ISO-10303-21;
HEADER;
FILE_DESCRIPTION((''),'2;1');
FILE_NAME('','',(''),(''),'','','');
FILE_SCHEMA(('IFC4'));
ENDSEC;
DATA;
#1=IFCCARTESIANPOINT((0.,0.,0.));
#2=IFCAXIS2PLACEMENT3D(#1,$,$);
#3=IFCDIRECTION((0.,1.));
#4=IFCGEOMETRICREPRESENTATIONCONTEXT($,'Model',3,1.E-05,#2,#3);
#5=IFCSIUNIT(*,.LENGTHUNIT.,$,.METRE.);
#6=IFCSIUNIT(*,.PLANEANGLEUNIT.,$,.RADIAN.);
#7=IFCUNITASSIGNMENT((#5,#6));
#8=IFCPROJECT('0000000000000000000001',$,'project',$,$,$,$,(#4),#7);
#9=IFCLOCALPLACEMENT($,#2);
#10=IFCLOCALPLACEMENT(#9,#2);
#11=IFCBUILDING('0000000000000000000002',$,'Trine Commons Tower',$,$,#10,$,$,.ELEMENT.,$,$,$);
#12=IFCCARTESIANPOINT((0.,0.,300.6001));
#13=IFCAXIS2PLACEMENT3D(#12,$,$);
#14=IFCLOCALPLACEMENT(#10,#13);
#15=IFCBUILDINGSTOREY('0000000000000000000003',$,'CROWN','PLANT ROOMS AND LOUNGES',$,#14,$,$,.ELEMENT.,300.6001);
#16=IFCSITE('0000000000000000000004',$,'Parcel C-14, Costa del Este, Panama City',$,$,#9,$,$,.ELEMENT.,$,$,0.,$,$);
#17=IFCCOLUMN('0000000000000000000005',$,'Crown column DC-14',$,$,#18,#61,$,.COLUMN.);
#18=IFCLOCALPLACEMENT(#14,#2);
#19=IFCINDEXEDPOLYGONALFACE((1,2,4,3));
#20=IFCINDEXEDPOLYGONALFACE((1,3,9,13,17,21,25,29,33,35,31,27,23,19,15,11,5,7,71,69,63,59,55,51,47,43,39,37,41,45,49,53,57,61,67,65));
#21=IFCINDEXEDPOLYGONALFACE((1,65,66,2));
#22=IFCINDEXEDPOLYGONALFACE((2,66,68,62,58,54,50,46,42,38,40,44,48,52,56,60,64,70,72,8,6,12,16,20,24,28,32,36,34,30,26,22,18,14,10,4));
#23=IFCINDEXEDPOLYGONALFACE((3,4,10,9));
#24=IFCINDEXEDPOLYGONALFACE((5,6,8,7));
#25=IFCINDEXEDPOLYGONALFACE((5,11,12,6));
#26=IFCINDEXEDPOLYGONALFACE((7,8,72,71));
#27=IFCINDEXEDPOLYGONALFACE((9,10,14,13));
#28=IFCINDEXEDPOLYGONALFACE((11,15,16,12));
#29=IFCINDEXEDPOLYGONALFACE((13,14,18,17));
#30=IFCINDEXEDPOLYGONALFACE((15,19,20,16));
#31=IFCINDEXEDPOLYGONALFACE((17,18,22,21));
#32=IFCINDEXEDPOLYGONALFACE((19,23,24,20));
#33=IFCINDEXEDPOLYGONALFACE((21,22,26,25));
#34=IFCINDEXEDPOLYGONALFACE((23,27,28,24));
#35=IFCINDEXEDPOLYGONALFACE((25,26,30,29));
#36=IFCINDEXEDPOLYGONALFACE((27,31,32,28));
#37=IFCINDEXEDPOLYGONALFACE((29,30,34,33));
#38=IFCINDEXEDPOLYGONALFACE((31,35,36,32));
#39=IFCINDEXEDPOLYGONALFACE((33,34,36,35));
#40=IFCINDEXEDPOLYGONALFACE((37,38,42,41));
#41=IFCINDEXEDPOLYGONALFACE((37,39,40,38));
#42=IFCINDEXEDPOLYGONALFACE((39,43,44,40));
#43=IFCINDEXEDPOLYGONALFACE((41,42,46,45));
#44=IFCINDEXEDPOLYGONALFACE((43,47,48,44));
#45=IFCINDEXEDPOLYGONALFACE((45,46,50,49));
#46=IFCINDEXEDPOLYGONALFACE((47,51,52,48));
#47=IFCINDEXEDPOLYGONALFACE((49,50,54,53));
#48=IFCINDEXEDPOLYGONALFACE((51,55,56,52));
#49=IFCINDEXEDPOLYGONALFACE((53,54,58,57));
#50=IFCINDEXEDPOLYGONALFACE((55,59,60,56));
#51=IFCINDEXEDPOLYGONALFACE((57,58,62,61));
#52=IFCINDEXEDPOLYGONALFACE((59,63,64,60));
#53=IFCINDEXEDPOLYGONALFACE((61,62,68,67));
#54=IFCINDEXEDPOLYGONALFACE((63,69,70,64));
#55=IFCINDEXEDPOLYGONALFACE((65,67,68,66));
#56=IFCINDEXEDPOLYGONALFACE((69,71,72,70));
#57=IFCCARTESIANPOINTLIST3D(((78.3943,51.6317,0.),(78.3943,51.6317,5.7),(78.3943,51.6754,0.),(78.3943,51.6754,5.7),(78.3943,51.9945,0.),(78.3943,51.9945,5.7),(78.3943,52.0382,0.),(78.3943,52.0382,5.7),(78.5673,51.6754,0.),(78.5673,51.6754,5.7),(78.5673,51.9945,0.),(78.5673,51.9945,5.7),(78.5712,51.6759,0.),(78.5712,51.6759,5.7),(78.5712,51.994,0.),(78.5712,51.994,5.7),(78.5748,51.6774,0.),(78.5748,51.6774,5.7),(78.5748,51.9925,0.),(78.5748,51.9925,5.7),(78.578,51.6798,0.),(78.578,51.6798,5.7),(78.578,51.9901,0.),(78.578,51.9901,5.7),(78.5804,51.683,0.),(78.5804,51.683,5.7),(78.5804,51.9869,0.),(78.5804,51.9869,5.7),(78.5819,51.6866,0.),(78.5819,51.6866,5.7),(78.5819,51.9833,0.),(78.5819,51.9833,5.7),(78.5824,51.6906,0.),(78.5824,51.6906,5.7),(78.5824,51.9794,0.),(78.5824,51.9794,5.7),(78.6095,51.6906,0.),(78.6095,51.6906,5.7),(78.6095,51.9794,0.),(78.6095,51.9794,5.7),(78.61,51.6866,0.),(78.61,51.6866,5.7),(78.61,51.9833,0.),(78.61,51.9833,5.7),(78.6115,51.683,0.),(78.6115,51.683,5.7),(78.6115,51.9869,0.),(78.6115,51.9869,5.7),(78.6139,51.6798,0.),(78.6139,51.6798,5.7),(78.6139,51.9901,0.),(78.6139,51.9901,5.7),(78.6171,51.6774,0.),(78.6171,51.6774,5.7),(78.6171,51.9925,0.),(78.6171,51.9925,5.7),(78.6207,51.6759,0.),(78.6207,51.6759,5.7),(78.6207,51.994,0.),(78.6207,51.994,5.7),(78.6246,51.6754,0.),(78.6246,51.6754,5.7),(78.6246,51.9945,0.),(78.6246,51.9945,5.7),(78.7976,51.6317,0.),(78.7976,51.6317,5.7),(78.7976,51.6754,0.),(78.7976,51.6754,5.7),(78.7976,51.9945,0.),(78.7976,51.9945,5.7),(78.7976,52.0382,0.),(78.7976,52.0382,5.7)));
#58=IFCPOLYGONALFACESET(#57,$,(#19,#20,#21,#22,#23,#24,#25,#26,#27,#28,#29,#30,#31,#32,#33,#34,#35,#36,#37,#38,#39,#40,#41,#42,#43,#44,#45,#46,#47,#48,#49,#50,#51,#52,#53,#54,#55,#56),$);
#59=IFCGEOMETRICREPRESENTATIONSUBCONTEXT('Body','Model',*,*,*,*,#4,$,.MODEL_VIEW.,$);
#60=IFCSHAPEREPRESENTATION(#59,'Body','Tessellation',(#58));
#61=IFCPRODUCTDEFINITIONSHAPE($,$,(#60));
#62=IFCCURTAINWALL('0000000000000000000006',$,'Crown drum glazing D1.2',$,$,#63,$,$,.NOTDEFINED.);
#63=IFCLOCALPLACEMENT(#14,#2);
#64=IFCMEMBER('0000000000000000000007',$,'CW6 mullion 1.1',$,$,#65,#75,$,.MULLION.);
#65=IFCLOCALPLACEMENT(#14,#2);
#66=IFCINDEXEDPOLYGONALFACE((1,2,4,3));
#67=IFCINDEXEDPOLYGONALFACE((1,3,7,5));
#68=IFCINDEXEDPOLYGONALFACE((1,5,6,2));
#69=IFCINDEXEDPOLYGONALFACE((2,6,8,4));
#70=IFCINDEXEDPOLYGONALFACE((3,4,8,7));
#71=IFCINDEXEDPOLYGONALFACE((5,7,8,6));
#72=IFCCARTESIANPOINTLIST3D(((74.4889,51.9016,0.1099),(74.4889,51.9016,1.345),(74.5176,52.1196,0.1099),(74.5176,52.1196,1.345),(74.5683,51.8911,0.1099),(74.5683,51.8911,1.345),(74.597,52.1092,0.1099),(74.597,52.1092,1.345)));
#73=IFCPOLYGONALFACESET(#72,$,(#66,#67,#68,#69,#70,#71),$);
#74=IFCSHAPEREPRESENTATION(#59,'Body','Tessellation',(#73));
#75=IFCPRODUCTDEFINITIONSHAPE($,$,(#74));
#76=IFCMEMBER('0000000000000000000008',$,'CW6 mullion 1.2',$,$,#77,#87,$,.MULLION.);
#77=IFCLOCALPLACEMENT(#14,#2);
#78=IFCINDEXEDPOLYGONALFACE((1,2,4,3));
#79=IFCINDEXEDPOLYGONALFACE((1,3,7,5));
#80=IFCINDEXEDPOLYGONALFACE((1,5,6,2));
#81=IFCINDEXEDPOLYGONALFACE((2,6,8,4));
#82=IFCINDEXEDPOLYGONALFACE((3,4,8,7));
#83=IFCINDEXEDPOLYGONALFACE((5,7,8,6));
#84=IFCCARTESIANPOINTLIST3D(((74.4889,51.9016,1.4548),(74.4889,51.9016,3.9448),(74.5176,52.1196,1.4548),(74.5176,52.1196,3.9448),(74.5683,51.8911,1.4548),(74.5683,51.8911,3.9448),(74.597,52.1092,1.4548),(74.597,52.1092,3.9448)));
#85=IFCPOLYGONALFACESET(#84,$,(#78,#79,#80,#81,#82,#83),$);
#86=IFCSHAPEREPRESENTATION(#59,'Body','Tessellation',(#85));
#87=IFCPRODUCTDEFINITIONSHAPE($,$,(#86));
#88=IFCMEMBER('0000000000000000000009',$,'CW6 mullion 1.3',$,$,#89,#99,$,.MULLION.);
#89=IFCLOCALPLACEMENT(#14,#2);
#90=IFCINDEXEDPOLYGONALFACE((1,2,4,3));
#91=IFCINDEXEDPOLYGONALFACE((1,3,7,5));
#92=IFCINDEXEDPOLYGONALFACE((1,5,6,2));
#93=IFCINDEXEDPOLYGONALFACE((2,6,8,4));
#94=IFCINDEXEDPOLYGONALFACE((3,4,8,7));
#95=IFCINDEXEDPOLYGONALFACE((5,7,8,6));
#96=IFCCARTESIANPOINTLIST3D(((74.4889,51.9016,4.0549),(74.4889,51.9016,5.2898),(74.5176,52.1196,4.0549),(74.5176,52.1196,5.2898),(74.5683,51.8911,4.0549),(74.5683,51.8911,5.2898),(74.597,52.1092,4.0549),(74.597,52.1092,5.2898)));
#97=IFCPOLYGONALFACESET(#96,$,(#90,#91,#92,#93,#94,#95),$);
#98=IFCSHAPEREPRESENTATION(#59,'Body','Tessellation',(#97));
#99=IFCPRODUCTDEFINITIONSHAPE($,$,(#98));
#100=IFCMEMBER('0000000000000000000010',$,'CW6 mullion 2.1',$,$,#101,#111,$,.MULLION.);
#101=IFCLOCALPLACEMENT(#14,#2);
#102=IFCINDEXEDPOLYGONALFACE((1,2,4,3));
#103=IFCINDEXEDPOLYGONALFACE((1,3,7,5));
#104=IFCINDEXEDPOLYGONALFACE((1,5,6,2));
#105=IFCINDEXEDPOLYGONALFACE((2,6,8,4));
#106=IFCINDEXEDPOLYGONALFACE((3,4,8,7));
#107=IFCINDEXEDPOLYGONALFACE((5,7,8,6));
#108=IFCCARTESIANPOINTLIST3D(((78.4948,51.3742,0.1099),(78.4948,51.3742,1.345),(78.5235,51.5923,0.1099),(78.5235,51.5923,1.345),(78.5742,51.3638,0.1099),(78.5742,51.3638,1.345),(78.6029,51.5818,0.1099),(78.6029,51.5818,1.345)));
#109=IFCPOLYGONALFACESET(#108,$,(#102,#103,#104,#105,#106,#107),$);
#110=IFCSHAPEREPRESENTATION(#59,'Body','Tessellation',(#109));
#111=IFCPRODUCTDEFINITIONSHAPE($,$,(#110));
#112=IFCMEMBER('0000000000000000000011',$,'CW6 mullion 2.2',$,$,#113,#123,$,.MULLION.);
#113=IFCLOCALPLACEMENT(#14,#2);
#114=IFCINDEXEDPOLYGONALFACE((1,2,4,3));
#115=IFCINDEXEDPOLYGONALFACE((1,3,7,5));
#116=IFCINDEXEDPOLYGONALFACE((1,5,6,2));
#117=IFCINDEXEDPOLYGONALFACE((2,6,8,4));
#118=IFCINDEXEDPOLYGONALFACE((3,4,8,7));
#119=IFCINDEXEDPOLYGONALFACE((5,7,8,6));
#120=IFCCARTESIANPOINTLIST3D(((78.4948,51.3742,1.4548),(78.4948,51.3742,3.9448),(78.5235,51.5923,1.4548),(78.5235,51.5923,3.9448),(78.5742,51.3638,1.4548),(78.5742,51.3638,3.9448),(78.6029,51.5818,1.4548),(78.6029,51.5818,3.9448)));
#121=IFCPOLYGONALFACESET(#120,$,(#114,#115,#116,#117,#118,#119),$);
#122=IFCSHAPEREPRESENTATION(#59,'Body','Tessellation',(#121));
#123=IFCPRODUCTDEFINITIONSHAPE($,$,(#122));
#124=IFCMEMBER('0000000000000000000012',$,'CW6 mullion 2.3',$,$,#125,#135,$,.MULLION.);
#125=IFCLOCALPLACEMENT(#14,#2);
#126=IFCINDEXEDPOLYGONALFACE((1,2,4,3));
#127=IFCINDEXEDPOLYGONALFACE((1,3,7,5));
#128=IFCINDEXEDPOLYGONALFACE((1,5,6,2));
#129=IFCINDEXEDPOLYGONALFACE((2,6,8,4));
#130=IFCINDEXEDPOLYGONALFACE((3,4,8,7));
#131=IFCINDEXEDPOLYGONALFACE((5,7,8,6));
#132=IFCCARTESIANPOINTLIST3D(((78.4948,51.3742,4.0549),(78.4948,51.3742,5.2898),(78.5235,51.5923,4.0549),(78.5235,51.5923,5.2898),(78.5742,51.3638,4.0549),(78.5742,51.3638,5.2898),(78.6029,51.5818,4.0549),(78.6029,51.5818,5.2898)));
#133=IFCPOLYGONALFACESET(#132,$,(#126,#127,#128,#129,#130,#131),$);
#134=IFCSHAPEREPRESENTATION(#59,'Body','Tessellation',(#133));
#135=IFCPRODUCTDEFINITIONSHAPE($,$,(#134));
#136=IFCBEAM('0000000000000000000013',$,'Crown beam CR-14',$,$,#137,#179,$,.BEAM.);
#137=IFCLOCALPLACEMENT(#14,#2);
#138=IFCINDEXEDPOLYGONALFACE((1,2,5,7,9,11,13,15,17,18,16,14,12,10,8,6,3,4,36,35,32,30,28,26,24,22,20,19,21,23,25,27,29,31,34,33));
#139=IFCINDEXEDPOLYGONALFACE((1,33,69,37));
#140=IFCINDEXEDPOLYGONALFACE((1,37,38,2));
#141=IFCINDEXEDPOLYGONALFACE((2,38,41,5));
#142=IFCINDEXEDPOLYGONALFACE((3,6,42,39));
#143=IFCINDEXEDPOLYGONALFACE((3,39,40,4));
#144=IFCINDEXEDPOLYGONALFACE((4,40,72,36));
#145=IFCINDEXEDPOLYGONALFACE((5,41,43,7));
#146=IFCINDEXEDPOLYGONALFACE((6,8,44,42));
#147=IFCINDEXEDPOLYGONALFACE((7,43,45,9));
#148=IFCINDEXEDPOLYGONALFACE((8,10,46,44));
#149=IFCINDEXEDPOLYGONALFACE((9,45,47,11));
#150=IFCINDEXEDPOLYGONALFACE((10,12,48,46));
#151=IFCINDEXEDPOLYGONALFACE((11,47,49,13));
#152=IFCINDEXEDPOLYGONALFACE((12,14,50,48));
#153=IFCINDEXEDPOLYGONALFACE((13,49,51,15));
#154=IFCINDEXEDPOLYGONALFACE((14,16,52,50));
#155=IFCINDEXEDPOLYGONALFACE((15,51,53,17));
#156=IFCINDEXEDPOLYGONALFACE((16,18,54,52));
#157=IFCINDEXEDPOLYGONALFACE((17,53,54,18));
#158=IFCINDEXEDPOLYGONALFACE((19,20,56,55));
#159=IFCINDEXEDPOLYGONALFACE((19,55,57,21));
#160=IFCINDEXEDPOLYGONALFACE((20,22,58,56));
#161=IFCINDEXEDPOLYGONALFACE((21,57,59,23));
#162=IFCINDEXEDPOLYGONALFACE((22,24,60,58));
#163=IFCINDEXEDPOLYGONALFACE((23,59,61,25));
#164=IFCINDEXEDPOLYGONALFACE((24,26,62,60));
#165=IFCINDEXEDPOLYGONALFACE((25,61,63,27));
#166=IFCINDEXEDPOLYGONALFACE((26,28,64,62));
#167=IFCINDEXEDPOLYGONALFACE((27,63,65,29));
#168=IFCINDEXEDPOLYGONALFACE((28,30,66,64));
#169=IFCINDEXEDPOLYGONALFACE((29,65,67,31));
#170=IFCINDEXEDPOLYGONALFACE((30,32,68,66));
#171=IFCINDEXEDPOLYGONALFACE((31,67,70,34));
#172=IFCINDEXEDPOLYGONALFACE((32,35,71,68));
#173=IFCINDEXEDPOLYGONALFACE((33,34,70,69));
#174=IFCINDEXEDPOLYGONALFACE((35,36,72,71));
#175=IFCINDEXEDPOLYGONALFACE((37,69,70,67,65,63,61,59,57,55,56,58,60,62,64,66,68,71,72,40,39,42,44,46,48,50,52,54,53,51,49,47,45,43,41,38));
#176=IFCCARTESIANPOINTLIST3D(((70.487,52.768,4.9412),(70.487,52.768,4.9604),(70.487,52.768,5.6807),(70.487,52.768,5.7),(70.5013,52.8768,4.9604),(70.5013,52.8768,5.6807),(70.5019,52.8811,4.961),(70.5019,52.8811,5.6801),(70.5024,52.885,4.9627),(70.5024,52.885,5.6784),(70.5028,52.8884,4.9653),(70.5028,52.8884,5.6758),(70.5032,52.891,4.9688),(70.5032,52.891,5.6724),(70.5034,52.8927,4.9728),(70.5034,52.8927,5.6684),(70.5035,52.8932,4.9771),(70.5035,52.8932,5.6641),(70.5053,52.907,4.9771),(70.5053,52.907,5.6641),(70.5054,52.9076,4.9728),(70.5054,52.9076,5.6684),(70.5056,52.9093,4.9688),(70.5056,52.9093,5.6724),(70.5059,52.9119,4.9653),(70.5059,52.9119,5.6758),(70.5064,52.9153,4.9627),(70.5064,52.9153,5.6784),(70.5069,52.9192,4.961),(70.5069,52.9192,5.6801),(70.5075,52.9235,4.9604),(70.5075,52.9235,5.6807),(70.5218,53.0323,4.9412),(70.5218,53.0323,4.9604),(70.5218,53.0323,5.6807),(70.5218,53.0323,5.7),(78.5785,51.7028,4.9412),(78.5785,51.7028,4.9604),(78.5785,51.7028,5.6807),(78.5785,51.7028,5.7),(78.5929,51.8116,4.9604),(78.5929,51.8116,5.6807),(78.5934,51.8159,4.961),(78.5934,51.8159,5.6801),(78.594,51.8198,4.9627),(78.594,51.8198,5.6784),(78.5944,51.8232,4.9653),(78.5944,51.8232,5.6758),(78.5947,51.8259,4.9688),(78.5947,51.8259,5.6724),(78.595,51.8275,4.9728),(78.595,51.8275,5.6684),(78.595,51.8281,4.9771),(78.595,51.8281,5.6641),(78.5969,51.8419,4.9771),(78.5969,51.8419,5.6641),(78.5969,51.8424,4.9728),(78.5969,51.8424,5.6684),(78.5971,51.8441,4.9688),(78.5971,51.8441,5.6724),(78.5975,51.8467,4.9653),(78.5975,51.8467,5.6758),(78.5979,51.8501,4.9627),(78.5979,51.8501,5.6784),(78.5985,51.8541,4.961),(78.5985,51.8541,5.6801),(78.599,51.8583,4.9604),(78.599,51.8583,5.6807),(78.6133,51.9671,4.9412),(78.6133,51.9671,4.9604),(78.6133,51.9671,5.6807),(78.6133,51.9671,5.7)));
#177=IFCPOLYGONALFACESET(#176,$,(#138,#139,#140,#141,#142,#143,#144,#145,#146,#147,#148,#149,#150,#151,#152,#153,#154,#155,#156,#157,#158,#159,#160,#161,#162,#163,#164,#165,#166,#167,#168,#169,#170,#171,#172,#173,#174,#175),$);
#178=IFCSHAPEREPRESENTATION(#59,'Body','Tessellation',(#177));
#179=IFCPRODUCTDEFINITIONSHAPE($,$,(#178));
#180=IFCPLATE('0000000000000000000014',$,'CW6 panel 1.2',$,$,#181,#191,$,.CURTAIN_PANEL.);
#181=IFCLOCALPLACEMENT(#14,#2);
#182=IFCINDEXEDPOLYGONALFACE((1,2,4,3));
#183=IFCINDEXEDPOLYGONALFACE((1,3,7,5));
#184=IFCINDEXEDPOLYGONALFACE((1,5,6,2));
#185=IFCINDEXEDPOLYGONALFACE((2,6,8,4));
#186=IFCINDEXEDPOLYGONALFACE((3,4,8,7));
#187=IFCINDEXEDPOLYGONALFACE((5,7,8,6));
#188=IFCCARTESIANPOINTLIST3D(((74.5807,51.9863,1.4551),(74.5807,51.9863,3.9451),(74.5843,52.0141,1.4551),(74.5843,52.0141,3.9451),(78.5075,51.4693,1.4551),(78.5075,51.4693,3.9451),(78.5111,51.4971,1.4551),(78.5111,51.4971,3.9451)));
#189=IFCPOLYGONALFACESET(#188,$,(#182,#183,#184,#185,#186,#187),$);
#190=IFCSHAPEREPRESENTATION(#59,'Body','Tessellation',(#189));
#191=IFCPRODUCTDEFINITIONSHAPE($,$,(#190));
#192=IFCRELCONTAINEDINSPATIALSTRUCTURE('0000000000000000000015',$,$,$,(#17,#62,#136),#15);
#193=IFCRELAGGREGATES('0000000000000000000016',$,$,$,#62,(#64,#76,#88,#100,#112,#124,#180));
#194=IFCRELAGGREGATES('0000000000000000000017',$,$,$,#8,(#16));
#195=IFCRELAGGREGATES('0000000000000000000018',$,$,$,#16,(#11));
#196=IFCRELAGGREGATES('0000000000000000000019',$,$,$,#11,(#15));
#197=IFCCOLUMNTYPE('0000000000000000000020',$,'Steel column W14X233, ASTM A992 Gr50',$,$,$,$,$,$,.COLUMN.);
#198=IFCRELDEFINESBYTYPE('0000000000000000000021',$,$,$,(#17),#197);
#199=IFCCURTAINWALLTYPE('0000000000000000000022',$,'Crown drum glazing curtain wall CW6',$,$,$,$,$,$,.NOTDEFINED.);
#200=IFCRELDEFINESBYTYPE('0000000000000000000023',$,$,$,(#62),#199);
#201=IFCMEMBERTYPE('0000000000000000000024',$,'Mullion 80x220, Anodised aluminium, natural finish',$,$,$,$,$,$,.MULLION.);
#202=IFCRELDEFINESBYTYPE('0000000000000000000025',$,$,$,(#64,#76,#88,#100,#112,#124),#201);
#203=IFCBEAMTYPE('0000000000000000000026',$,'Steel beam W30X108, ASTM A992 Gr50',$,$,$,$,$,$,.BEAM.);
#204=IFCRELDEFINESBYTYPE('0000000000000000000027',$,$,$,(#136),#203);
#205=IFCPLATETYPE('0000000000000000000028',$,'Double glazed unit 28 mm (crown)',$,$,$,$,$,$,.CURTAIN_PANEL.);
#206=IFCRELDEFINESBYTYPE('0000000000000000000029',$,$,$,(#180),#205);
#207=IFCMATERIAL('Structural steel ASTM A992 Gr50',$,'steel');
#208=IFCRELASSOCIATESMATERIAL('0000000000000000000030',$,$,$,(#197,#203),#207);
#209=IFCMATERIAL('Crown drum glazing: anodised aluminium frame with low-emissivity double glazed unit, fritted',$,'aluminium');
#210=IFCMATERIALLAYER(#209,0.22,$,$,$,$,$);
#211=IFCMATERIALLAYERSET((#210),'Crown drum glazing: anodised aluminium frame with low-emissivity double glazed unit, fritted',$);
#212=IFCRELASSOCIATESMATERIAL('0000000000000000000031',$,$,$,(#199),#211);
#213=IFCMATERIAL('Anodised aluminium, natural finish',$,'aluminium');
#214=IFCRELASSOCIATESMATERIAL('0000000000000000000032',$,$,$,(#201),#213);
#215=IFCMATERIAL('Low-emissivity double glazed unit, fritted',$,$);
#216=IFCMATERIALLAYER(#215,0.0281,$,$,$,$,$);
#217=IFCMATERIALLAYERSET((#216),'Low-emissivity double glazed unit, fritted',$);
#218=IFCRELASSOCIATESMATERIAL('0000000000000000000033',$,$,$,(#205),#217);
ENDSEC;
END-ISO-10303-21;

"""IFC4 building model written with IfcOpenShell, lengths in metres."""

from ifc_helpers import new_model, si_unit, direction, frame, origin, origin_2d, place, context, subcontext, project, spatial, rectangle, i_section, extrude, material, layer, layer_set, material_profile, profile_set, type_object, element, aggregate, save


model = new_model("IFC4")

# Units and contexts
model_context = context("Model", 3, precision=1e-05, world=origin(), true_north=direction((0.0, 1.0)))
body_context = subcontext(model_context, "Body", "Model", "MODEL_VIEW")
ifc_project = project(units=[si_unit("LENGTHUNIT", "METRE"), si_unit("PLANEANGLEUNIT", "RADIAN")], contexts=[model_context])

# Site, building, storey
site_placement = place(None, origin())
site = spatial("IfcSite", under=ifc_project, at=site_placement, Name="Parcel C-14, Costa del Este, Panama City", CompositionType="ELEMENT", RefElevation=0.0)
building_placement = place(site_placement, origin())
building = spatial("IfcBuilding", under=site, at=building_placement, Name="Trine Commons Tower", CompositionType="ELEMENT")
storey_placement = place(building_placement, frame((0.0, 0.0, 300.6001)))
storey = spatial("IfcBuildingStorey", under=building, at=storey_placement, Name="CROWN", Description="PLANT ROOMS AND LOUNGES", CompositionType="ELEMENT", Elevation=300.6001)

# Column
ifc_material_1 = material(Name="Structural steel ASTM A992 Gr50", Category="steel")
ifc_material_profile_1 = material_profile(ifc_material_1, i_section(OverallWidth=0.4033, OverallDepth=0.4065, WebThickness=0.0271, FlangeThickness=0.0437, FilletRadius=0.0151, at=origin_2d()), Name="W14X233")
ifc_profile_set_1 = profile_set([ifc_material_profile_1], Name="Structural steel ASTM A992 Gr50")
column_type = type_object("IfcColumnType", Name="Steel column W14X233, ASTM A992 Gr50", PredefinedType="COLUMN", material=ifc_profile_set_1)
column_placement = place(storey_placement, frame((78.5959, 51.835, 0.0), z_axis=(0.0, 0.0, 1.0), x_axis=(1.0, 0.0, 0.0)))
element("IfcColumn", 1, at=column_placement, inside=storey, type_object=column_type, Name="Crown column DC-14", PredefinedType="COLUMN", context=body_context, shape_type="SweptSolid", body=[
    extrude(i_section(OverallWidth=0.4033, OverallDepth=0.4065, WebThickness=0.0271, FlangeThickness=0.0437, FilletRadius=0.0151, at=origin_2d()), origin(), (0.0, 0.0, 1.0), 5.7),
])

# Curtain wall, members
ifc_material_2 = material(Name="Crown drum glazing: anodised aluminium frame with low-emissivity double glazed unit, fritted", Category="aluminium")
ifc_layer_1 = layer(ifc_material_2, 0.22)
ifc_layer_set_1 = layer_set([ifc_layer_1], Name="Crown drum glazing: anodised aluminium frame with low-emissivity double glazed unit, fritted")
curtain_wall_type = type_object("IfcCurtainWallType", Name="Crown drum glazing curtain wall CW6", PredefinedType="NOTDEFINED", material=ifc_layer_set_1)
curtain_wall_placement = place(storey_placement, origin())
curtain_wall = element("IfcCurtainWall", 2, at=curtain_wall_placement, inside=storey, type_object=curtain_wall_type, Name="Crown drum glazing D1.2", PredefinedType="NOTDEFINED")
ifc_material_3 = material(Name="Anodised aluminium, natural finish", Category="aluminium")
ifc_material_profile_2 = material_profile(ifc_material_3, rectangle(XDim=0.22, YDim=0.0801, at=origin_2d()), Name="Mullion 80x220")
ifc_profile_set_2 = profile_set([ifc_material_profile_2], Name="Anodised aluminium, natural finish")
member_type = type_object("IfcMemberType", Name="Mullion 80x220, Anodised aluminium, natural finish", PredefinedType="MULLION", material=ifc_profile_set_2)
member_1_placement = place(storey_placement, frame((74.543, 52.0054, 0.1099), z_axis=(0.0, 0.0, 1.0), x_axis=(0.130526, 0.991445, 0.0)))
member_1 = element("IfcMember", 3, at=member_1_placement, type_object=member_type, Name="CW6 mullion 1.1", PredefinedType="MULLION", context=body_context, shape_type="SweptSolid", body=[
    extrude(rectangle(XDim=0.22, YDim=0.0801, at=origin_2d()), origin(), (0.0, 0.0, 1.0), 1.2351),
])
member_2_placement = place(storey_placement, frame((74.543, 52.0054, 1.4548), z_axis=(0.0, 0.0, 1.0), x_axis=(0.130526, 0.991445, 0.0)))
member_2 = element("IfcMember", 4, at=member_2_placement, type_object=member_type, Name="CW6 mullion 1.2", PredefinedType="MULLION", context=body_context, shape_type="SweptSolid", body=[
    extrude(rectangle(XDim=0.22, YDim=0.0801, at=origin_2d()), origin(), (0.0, 0.0, 1.0), 2.49),
])
member_3_placement = place(storey_placement, frame((74.543, 52.0054, 4.0549), z_axis=(0.0, 0.0, 1.0), x_axis=(0.130526, 0.991445, 0.0)))
member_3 = element("IfcMember", 5, at=member_3_placement, type_object=member_type, Name="CW6 mullion 1.3", PredefinedType="MULLION", context=body_context, shape_type="SweptSolid", body=[
    extrude(rectangle(XDim=0.22, YDim=0.0801, at=origin_2d()), origin(), (0.0, 0.0, 1.0), 1.2349),
])
member_4_placement = place(storey_placement, frame((78.5488, 51.478, 0.1099), z_axis=(0.0, 0.0, 1.0), x_axis=(0.130526, 0.991445, 0.0)))
member_4 = element("IfcMember", 6, at=member_4_placement, type_object=member_type, Name="CW6 mullion 2.1", PredefinedType="MULLION", context=body_context, shape_type="SweptSolid", body=[
    extrude(rectangle(XDim=0.22, YDim=0.0801, at=origin_2d()), origin(), (0.0, 0.0, 1.0), 1.2351),
])
member_5_placement = place(storey_placement, frame((78.5488, 51.478, 1.4548), z_axis=(0.0, 0.0, 1.0), x_axis=(0.130526, 0.991445, 0.0)))
member_5 = element("IfcMember", 7, at=member_5_placement, type_object=member_type, Name="CW6 mullion 2.2", PredefinedType="MULLION", context=body_context, shape_type="SweptSolid", body=[
    extrude(rectangle(XDim=0.22, YDim=0.0801, at=origin_2d()), origin(), (0.0, 0.0, 1.0), 2.49),
])
member_6_placement = place(storey_placement, frame((78.5488, 51.478, 4.0549), z_axis=(0.0, 0.0, 1.0), x_axis=(0.130526, 0.991445, 0.0)))
member_6 = element("IfcMember", 8, at=member_6_placement, type_object=member_type, Name="CW6 mullion 2.3", PredefinedType="MULLION", context=body_context, shape_type="SweptSolid", body=[
    extrude(rectangle(XDim=0.22, YDim=0.0801, at=origin_2d()), origin(), (0.0, 0.0, 1.0), 1.2349),
])

# Beam
ifc_material_profile_3 = material_profile(ifc_material_1, i_section(OverallWidth=0.2666, OverallDepth=0.7588, WebThickness=0.0139, FlangeThickness=0.0193, FilletRadius=0.0166, at=origin_2d()), Name="W30X108")
ifc_profile_set_3 = profile_set([ifc_material_profile_3], Name="Structural steel ASTM A992 Gr50")
beam_type = type_object("IfcBeamType", Name="Steel beam W30X108, ASTM A992 Gr50", PredefinedType="BEAM", material=ifc_profile_set_3)
beam_placement = place(storey_placement, frame((78.5959, 51.835, 5.3206), z_axis=(-0.991446, 0.130516, 0.0), x_axis=(-0.130516, -0.991446, 0.0)))
element("IfcBeam", 9, at=beam_placement, inside=storey, type_object=beam_type, Name="Crown beam CR-14", PredefinedType="BEAM", context=body_context, shape_type="SweptSolid", body=[
    extrude(i_section(OverallWidth=0.2666, OverallDepth=0.7588, WebThickness=0.0139, FlangeThickness=0.0193, FilletRadius=0.0166, at=origin_2d()), origin(), (0.0, 0.0, 1.0), 8.1614),
])

# Plate
ifc_material_4 = material(Name="Low-emissivity double glazed unit, fritted")
ifc_layer_2 = layer(ifc_material_4, 0.0281)
ifc_layer_set_2 = layer_set([ifc_layer_2], Name="Low-emissivity double glazed unit, fritted")
plate_type_1 = type_object("IfcPlateType", Name="Double glazed unit 28 mm (crown)", PredefinedType="CURTAIN_PANEL", material=ifc_layer_set_2)
plate_1_placement = place(storey_placement, frame((76.5459, 51.7417, 1.4551), z_axis=(0.0, 0.0, 1.0), x_axis=(0.991445, -0.130526, 0.0)))
plate_1 = element("IfcPlate", 10, at=plate_1_placement, type_object=plate_type_1, Name="CW6 panel 1.2", PredefinedType="CURTAIN_PANEL", context=body_context, shape_type="SweptSolid", body=[
    extrude(rectangle(XDim=3.9607, YDim=0.0281, at=origin_2d()), origin(), (0.0, 0.0, 1.0), 2.49),
])
aggregate(curtain_wall, [member_1, member_2, member_3, member_4, member_5, member_6, plate_1])

save(model, "model.ifc")
